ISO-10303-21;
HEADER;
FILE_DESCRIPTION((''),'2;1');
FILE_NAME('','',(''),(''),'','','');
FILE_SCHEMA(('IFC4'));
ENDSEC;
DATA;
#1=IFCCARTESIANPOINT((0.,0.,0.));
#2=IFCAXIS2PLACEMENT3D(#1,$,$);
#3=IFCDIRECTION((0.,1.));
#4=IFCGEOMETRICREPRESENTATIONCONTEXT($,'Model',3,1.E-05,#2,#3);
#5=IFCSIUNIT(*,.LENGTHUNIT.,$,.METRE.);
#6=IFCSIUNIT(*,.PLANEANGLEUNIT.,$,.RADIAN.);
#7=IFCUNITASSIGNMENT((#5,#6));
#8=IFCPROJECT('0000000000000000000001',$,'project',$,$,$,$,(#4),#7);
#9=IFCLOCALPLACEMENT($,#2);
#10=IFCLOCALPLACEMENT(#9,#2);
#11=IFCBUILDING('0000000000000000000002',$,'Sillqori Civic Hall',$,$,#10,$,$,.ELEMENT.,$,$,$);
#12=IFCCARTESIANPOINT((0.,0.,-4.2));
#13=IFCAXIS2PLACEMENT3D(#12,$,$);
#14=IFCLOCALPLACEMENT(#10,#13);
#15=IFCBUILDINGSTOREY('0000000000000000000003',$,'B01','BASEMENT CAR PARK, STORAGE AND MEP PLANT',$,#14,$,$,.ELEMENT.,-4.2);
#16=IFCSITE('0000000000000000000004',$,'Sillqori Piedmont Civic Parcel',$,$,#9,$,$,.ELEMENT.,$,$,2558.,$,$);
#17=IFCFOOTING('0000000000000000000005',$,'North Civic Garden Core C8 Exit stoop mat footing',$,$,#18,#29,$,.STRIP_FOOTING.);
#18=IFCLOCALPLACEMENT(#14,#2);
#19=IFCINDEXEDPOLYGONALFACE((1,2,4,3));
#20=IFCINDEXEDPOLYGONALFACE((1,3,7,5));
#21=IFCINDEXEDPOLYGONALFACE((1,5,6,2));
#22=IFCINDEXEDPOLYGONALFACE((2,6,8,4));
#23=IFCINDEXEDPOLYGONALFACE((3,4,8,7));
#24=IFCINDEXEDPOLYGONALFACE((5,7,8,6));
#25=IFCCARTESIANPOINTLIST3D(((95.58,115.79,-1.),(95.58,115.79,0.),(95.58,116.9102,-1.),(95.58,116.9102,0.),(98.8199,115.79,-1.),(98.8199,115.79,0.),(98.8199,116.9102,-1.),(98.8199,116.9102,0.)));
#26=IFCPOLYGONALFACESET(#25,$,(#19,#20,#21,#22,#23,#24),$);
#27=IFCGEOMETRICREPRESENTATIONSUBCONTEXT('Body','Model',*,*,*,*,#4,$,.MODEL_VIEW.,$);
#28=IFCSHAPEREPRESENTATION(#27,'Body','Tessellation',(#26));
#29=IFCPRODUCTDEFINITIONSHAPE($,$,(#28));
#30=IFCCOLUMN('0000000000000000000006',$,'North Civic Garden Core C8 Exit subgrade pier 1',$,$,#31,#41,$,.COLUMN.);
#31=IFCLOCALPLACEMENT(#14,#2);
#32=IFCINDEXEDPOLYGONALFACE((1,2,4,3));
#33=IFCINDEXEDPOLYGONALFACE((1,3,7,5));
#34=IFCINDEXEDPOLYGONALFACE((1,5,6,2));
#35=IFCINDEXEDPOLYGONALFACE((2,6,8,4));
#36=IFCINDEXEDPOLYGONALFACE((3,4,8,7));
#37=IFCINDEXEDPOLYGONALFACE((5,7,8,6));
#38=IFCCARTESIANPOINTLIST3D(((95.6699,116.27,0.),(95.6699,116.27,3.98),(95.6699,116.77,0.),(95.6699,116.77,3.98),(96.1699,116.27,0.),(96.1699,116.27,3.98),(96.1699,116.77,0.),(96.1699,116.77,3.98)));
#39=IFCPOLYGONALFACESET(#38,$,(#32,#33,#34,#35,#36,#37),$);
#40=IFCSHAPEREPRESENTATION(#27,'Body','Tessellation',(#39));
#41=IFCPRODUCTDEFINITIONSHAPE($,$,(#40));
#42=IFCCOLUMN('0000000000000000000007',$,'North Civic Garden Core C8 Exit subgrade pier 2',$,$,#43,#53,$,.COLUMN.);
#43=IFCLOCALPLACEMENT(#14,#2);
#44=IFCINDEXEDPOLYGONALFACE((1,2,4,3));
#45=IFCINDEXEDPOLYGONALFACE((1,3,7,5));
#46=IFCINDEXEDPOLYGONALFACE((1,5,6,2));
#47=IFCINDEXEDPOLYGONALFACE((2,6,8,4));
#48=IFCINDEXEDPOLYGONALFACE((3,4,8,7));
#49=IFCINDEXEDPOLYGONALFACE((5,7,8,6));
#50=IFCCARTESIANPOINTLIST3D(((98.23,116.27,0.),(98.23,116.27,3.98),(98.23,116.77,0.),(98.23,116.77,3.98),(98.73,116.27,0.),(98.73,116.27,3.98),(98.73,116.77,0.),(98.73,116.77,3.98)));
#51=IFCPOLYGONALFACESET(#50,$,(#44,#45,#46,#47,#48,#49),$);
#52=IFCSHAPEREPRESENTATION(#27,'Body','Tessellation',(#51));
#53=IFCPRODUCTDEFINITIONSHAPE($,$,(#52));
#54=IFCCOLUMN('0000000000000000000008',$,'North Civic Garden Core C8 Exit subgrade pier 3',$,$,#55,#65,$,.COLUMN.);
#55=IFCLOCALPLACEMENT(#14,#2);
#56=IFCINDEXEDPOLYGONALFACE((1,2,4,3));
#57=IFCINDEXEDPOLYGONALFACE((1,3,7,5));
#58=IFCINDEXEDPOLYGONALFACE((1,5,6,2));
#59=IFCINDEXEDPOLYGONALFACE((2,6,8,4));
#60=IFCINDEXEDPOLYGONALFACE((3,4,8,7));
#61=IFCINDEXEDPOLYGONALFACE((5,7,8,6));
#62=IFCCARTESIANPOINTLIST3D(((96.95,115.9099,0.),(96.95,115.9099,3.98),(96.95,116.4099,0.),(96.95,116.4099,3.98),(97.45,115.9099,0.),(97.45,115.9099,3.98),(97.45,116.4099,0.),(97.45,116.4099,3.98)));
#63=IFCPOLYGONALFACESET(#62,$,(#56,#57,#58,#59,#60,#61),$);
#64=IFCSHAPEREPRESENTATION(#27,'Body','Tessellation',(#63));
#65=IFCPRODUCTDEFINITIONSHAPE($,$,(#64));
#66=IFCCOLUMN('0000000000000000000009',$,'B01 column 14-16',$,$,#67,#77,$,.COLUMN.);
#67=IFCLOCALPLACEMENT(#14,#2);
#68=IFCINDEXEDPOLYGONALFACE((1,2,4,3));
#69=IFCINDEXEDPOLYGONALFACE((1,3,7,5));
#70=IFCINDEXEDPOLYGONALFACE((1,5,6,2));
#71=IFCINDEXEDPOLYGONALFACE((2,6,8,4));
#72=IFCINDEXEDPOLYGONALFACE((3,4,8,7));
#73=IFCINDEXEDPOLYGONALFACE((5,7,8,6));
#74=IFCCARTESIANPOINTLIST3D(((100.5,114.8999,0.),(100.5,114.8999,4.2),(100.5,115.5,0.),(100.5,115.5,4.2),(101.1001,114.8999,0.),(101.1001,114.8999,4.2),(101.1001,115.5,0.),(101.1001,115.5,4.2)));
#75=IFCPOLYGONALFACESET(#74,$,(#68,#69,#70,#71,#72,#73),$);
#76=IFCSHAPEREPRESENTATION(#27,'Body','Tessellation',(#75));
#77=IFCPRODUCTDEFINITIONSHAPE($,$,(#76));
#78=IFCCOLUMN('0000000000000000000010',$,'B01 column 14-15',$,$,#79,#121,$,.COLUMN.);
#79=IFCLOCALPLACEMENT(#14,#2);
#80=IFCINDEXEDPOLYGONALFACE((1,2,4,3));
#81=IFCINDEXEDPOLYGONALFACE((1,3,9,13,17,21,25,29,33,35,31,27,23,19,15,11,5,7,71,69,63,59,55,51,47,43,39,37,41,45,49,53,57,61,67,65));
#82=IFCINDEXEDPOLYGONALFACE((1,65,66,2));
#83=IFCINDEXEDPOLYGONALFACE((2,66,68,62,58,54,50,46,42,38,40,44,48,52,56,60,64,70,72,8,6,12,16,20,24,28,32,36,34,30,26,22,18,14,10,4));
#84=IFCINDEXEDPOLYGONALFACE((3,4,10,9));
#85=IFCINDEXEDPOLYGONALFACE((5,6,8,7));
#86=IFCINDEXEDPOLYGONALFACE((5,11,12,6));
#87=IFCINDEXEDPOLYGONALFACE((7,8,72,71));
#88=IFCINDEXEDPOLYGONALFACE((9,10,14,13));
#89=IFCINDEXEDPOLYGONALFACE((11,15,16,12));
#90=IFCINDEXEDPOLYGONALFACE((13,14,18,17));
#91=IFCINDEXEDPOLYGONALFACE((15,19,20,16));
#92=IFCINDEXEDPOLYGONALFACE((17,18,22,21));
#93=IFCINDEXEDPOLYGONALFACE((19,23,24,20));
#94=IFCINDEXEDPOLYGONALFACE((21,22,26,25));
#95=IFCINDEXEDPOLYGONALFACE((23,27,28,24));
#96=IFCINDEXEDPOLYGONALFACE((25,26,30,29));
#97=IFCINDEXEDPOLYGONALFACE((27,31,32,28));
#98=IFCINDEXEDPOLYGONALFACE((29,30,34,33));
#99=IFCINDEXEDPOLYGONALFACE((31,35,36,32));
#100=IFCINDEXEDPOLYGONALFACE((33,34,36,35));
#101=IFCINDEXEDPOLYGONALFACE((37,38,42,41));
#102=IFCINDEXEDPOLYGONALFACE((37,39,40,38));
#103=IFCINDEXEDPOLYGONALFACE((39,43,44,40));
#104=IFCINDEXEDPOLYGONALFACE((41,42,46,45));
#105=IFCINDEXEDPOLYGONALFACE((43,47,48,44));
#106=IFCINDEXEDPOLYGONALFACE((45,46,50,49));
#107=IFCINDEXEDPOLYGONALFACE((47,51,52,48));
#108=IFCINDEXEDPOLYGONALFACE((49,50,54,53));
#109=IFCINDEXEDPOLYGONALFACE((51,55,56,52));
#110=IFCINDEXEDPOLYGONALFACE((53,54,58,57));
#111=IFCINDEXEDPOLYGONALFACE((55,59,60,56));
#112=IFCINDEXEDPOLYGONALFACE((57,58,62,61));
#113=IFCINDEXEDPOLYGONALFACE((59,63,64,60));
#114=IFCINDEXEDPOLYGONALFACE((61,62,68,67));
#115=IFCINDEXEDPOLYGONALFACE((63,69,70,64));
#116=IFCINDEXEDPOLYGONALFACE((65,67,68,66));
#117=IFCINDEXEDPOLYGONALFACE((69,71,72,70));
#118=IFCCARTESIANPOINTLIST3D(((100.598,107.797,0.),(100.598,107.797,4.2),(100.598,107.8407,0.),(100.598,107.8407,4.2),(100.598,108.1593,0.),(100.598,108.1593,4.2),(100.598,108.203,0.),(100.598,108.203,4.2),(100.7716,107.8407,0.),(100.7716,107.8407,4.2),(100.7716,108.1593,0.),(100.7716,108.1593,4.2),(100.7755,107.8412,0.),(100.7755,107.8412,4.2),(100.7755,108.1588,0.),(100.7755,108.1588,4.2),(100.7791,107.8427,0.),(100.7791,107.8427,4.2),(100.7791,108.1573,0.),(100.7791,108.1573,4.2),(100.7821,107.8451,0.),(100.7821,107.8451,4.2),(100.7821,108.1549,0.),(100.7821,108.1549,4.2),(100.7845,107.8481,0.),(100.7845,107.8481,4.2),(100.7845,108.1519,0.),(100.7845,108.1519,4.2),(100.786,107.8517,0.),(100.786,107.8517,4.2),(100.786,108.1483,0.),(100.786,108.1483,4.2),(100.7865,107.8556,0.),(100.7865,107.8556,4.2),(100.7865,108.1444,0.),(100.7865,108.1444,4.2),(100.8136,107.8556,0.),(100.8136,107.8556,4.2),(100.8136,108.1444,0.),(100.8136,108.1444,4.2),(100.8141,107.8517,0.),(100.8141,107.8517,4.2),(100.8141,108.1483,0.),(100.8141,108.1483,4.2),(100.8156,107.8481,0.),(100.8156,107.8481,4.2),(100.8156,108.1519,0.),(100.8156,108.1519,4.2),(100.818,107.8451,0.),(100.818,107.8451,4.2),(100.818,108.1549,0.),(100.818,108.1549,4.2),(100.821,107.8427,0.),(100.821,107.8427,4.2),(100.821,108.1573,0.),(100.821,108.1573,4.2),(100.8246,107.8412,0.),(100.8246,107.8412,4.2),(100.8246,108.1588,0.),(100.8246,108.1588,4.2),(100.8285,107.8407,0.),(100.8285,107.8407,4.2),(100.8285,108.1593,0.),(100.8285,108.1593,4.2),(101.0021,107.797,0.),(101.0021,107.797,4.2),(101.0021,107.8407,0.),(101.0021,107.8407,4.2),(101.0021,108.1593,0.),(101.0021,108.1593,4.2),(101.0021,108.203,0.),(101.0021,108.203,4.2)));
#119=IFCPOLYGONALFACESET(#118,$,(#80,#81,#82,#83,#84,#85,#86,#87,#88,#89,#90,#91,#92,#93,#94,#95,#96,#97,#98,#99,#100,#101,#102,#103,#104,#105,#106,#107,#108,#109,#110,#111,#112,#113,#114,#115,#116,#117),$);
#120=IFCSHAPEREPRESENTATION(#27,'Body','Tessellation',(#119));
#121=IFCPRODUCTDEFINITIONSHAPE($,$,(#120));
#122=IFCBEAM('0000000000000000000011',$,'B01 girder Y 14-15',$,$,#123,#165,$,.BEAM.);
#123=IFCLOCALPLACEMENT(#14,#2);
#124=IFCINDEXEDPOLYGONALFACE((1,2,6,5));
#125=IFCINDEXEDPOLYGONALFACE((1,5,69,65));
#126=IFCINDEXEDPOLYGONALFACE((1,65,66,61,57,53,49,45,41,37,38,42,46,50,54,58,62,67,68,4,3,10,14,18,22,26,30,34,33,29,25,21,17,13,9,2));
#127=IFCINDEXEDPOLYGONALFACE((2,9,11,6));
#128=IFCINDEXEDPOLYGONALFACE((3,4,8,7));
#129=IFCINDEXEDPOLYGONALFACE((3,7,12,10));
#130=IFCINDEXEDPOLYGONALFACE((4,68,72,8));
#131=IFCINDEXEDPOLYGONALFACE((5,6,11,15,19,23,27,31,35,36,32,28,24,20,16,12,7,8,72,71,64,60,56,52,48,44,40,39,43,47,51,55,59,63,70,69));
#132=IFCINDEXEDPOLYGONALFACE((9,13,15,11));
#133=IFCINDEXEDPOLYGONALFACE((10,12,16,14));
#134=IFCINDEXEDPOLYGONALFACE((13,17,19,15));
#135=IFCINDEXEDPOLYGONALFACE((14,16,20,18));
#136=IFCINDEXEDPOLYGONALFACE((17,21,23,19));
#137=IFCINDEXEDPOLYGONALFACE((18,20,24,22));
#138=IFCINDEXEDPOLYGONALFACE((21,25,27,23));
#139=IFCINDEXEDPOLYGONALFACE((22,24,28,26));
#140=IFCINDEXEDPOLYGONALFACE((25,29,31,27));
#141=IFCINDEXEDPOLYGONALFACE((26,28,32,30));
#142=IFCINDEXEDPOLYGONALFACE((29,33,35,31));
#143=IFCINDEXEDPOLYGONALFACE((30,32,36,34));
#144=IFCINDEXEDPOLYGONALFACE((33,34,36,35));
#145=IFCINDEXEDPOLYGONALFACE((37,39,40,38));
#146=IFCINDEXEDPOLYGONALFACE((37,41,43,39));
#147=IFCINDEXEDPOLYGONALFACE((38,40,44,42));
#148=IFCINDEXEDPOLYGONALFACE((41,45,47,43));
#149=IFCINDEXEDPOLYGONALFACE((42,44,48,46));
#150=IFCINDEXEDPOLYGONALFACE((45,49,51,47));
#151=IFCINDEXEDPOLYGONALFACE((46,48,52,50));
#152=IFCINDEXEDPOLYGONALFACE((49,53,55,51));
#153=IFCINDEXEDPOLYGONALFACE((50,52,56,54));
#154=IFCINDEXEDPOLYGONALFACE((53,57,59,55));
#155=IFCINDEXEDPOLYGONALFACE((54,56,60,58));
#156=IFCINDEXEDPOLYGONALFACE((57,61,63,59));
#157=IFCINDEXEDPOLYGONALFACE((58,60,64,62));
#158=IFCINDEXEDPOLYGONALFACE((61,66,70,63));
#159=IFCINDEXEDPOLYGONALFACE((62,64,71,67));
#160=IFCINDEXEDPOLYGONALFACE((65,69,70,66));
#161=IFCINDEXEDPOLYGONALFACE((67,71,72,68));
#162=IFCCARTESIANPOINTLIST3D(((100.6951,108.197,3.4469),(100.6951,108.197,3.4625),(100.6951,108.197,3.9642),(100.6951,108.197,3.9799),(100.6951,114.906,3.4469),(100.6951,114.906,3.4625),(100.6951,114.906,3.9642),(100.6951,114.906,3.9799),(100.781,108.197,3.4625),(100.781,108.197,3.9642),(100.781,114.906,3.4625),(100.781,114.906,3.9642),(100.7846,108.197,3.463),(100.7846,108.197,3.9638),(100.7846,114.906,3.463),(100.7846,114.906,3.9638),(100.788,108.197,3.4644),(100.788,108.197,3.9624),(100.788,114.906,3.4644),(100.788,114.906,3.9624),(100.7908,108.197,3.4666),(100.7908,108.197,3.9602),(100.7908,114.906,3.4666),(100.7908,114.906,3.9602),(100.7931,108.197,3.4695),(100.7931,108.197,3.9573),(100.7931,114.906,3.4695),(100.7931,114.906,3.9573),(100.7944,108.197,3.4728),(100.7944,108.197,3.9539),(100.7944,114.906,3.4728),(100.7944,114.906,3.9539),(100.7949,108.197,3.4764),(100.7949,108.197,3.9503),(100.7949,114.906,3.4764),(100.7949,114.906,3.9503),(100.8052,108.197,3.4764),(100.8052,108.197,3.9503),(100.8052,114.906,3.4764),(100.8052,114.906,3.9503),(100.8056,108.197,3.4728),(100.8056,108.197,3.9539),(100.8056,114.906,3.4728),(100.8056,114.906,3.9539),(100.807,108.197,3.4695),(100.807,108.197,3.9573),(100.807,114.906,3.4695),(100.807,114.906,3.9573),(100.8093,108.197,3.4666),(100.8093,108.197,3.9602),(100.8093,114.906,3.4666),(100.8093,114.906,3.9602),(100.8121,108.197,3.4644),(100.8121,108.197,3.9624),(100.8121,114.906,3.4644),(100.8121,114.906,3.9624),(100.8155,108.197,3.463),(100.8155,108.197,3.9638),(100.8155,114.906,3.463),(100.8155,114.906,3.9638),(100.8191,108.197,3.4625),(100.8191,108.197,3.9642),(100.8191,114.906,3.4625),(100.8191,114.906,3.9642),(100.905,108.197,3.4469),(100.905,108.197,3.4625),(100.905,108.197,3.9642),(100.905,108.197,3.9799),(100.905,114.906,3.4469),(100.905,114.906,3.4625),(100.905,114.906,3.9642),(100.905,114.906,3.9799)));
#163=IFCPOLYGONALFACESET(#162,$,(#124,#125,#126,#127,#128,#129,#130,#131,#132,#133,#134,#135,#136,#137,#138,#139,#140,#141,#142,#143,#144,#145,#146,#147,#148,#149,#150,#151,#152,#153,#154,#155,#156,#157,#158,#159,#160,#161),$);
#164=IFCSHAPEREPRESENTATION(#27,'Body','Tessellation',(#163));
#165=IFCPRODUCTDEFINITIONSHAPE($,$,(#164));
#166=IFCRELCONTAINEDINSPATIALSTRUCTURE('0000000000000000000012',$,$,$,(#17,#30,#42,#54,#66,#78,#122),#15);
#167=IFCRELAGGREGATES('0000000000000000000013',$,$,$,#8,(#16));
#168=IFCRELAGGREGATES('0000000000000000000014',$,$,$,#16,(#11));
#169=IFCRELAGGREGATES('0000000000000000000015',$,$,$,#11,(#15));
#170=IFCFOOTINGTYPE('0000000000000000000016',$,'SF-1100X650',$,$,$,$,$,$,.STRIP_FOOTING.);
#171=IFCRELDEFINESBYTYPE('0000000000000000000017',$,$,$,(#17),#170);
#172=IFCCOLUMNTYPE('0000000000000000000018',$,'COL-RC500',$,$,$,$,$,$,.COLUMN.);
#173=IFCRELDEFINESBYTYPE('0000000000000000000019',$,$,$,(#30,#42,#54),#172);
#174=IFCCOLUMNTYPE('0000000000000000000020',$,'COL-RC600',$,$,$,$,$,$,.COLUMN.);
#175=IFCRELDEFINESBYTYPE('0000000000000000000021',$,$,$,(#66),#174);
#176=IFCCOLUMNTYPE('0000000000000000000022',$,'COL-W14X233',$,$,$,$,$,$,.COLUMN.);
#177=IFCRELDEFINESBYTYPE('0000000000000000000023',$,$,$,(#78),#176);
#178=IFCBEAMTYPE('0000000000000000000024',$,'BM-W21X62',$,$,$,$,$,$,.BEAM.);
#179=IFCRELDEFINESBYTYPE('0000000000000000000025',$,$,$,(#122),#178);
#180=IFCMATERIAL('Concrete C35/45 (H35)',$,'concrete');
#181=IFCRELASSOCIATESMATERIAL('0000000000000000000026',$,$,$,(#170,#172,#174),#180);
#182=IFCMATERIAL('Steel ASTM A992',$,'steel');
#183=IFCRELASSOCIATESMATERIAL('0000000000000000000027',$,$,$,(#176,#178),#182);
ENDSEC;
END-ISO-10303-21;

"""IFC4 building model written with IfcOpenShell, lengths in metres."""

from ifc_helpers import new_model, si_unit, direction, frame, origin, origin_2d, place, context, subcontext, project, spatial, rectangle, i_section, extrude, material, material_profile, profile_set, type_object, element, save


model = new_model("IFC4")

# Units and contexts
model_context = context("Model", 3, precision=1e-05, world=origin(), true_north=direction((0.0, 1.0)))
body_context = subcontext(model_context, "Body", "Model", "MODEL_VIEW")
ifc_project = project(units=[si_unit("LENGTHUNIT", "METRE"), si_unit("PLANEANGLEUNIT", "RADIAN")], contexts=[model_context])

# Site, building, storey
site_placement = place(None, origin())
site = spatial("IfcSite", under=ifc_project, at=site_placement, Name="Sillqori Piedmont Civic Parcel", CompositionType="ELEMENT", RefElevation=2558.0)
building_placement = place(site_placement, origin())
building = spatial("IfcBuilding", under=site, at=building_placement, Name="Sillqori Civic Hall", CompositionType="ELEMENT")
storey_placement = place(building_placement, frame((0.0, 0.0, -4.2)))
storey = spatial("IfcBuildingStorey", under=building, at=storey_placement, Name="B01", Description="BASEMENT CAR PARK, STORAGE AND MEP PLANT", CompositionType="ELEMENT", Elevation=-4.2)

# Shared definitions
ifc_material_1 = material(Name="Concrete C35/45 (H35)", Category="concrete")

# Footing
footing_type_1 = type_object("IfcFootingType", Name="SF-1100X650", PredefinedType="STRIP_FOOTING", material=ifc_material_1)
footing_1_placement = place(storey_placement, frame((97.2, 116.3501, -1.0), z_axis=(0.0, 0.0, 1.0), x_axis=(1.0, 0.0, 0.0)))
element("IfcFooting", 1, at=footing_1_placement, inside=storey, type_object=footing_type_1, Name="North Civic Garden Core C8 Exit stoop mat footing", PredefinedType="STRIP_FOOTING", context=body_context, shape_type="SweptSolid", body=[
    extrude(rectangle(XDim=3.24, YDim=1.1201, at=origin_2d()), origin(), (0.0, 0.0, 1.0), 1.0),
])

# Columns
ifc_material_profile_1 = material_profile(ifc_material_1, rectangle(XDim=0.5, YDim=0.5, at=origin_2d()), Name="RC 500x500")
ifc_profile_set_1 = profile_set([ifc_material_profile_1], Name="Concrete C35/45 (H35)")
column_type_1 = type_object("IfcColumnType", Name="COL-RC500", PredefinedType="COLUMN", material=ifc_profile_set_1)
for number, where, z_axis, x_axis, name in (
    (2, (95.9199, 116.52, 0.0), (0.0, 0.0, 1.0), (1.0, 0.0, 0.0), "North Civic Garden Core C8 Exit subgrade pier 1"),
    (3, (98.48, 116.52, 0.0), (0.0, 0.0, 1.0), (1.0, 0.0, 0.0), "North Civic Garden Core C8 Exit subgrade pier 2"),
    (4, (97.2, 116.1599, 0.0), (0.0, 0.0, 1.0), (1.0, 0.0, 0.0), "North Civic Garden Core C8 Exit subgrade pier 3"),
):
    element("IfcColumn", number, at=place(storey_placement, frame(where, z_axis=z_axis, x_axis=x_axis)), inside=storey, type_object=column_type_1, Name=name, PredefinedType="COLUMN", context=body_context, shape_type="SweptSolid", body=[
        extrude(rectangle(XDim=0.5, YDim=0.5, at=origin_2d()), origin(), (0.0, 0.0, 1.0), 3.98),
    ])
ifc_material_profile_2 = material_profile(ifc_material_1, rectangle(XDim=0.6001, YDim=0.6001, at=origin_2d()), Name="RC 600x600")
ifc_profile_set_2 = profile_set([ifc_material_profile_2], Name="Concrete C35/45 (H35)")
column_type_2 = type_object("IfcColumnType", Name="COL-RC600", PredefinedType="COLUMN", material=ifc_profile_set_2)
column_1_placement = place(storey_placement, frame((100.8, 115.2, 0.0), z_axis=(0.0, 0.0, 1.0), x_axis=(1.0, 0.0, 0.0)))
element("IfcColumn", 5, at=column_1_placement, inside=storey, type_object=column_type_2, Name="B01 column 14-16", PredefinedType="COLUMN", context=body_context, shape_type="SweptSolid", body=[
    extrude(rectangle(XDim=0.6001, YDim=0.6001, at=origin_2d()), origin(), (0.0, 0.0, 1.0), 4.2),
])
ifc_material_2 = material(Name="Steel ASTM A992", Category="steel")
ifc_material_profile_3 = material_profile(ifc_material_2, i_section(OverallWidth=0.4041, OverallDepth=0.406, WebThickness=0.0271, FlangeThickness=0.0437, FilletRadius=0.0149, at=origin_2d()), Name="W14X233")
ifc_profile_set_3 = profile_set([ifc_material_profile_3], Name="Steel ASTM A992")
column_type_3 = type_object("IfcColumnType", Name="COL-W14X233", PredefinedType="COLUMN", material=ifc_profile_set_3)
column_2_placement = place(storey_placement, frame((100.8, 108.0, 0.0), z_axis=(0.0, 0.0, 1.0), x_axis=(1.0, 0.0, 0.0)))
element("IfcColumn", 6, at=column_2_placement, inside=storey, type_object=column_type_3, Name="B01 column 14-15", PredefinedType="COLUMN", context=body_context, shape_type="SweptSolid", body=[
    extrude(i_section(OverallWidth=0.4041, OverallDepth=0.406, WebThickness=0.0271, FlangeThickness=0.0437, FilletRadius=0.0149, at=origin_2d()), origin(), (0.0, 0.0, 1.0), 4.2),
])

# Beam
ifc_material_profile_4 = material_profile(ifc_material_2, i_section(OverallWidth=0.21, OverallDepth=0.533, WebThickness=0.0103, FlangeThickness=0.0156, FilletRadius=0.0139, at=origin_2d()), Name="W21X62")
ifc_profile_set_4 = profile_set([ifc_material_profile_4], Name="Steel ASTM A992")
beam_type_1 = type_object("IfcBeamType", Name="BM-W21X62", PredefinedType="BEAM", material=ifc_profile_set_4)
beam_1_placement = place(storey_placement, frame((100.8, 108.197, 3.7134), z_axis=(0.0, 1.0, 0.0), x_axis=(-1.0, 0.0, 0.0)))
element("IfcBeam", 7, at=beam_1_placement, inside=storey, type_object=beam_type_1, Name="B01 girder Y 14-15", PredefinedType="BEAM", context=body_context, shape_type="SweptSolid", body=[
    extrude(i_section(OverallWidth=0.21, OverallDepth=0.533, WebThickness=0.0103, FlangeThickness=0.0156, FilletRadius=0.0139, at=origin_2d()), origin(), (0.0, 0.0, 1.0), 6.709),
])

save(model, "model.ifc")
